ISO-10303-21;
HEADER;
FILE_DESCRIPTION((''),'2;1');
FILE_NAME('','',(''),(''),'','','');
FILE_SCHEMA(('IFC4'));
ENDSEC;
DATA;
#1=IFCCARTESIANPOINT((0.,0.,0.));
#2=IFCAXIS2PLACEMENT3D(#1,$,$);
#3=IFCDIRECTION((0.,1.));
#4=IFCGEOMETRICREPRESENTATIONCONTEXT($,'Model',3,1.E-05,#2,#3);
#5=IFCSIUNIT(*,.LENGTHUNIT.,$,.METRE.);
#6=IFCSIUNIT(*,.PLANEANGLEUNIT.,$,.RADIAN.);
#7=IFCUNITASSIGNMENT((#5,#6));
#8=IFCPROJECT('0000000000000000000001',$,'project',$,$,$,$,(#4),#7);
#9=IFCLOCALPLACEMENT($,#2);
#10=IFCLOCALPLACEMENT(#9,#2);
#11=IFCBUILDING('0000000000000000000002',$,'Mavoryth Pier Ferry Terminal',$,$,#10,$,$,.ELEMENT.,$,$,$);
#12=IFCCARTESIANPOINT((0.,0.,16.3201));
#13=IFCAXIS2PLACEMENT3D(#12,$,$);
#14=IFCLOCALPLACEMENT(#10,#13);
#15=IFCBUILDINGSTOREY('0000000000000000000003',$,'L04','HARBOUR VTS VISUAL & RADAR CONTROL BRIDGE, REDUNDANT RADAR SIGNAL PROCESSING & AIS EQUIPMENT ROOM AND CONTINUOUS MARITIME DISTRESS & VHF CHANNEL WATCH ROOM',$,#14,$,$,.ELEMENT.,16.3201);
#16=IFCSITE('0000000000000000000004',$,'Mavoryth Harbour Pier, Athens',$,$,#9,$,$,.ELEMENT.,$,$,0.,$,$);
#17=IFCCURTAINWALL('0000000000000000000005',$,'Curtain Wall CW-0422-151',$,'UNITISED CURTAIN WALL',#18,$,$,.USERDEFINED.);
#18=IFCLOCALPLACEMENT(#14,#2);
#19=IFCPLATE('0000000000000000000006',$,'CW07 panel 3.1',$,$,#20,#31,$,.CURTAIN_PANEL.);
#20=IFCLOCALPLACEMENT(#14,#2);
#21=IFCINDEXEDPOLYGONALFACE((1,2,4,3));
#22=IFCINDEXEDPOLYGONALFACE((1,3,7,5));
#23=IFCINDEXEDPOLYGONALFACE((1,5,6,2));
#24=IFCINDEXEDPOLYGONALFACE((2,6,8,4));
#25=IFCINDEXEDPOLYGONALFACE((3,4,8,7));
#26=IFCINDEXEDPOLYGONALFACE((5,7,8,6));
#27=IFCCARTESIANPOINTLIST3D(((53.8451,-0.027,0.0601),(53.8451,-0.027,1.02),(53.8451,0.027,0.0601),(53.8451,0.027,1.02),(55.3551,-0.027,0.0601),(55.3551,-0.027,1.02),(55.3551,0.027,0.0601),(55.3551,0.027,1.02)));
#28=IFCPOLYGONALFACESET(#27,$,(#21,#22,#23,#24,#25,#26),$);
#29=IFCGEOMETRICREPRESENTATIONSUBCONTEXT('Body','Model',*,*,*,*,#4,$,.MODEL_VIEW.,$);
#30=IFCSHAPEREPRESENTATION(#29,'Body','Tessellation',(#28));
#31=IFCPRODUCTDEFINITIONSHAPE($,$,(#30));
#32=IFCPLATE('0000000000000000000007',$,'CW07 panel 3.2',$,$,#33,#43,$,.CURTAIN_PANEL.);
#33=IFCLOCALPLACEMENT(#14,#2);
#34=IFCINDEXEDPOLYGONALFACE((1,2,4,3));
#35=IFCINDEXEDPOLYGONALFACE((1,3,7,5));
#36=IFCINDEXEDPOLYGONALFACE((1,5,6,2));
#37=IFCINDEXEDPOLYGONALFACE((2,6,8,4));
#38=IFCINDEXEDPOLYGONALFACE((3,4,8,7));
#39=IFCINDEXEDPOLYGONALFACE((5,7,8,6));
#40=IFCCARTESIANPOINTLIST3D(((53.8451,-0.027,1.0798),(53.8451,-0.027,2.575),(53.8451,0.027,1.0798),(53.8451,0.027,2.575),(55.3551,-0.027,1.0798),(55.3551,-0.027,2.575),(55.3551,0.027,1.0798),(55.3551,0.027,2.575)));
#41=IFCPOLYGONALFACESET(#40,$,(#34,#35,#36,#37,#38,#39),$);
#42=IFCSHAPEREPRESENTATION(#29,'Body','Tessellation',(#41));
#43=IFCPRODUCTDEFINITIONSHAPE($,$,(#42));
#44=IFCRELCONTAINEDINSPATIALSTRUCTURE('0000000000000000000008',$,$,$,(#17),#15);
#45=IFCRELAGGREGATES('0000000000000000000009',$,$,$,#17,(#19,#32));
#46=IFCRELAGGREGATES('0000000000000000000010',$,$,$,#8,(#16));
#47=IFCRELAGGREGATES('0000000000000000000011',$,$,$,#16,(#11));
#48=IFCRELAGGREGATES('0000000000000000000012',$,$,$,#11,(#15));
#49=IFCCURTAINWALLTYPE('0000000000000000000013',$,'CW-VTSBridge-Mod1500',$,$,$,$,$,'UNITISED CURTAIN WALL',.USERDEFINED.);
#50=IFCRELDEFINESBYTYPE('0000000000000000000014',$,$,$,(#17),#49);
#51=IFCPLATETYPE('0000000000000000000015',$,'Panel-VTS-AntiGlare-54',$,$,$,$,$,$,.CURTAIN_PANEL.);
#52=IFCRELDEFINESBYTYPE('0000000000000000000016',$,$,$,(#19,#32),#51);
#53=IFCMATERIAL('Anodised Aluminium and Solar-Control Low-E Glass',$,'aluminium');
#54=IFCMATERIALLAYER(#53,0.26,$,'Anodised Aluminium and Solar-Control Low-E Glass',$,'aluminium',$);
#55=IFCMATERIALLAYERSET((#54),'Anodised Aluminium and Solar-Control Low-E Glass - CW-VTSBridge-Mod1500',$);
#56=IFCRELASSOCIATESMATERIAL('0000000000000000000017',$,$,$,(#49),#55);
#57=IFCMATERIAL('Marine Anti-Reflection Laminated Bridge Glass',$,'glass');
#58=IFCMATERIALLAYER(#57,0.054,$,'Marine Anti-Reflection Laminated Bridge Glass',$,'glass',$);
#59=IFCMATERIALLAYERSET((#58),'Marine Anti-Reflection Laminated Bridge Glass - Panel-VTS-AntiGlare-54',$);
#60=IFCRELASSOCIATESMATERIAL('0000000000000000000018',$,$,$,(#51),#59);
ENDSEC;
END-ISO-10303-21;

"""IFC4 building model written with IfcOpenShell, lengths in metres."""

from ifc_helpers import new_model, si_unit, direction, frame, origin, origin_2d, place, context, subcontext, project, spatial, rectangle, extrude, material, layer, layer_set, type_object, element, aggregate, save


model = new_model("IFC4")

# Units and contexts
model_context = context("Model", 3, precision=1e-05, world=origin(), true_north=direction((0.0, 1.0)))
body_context = subcontext(model_context, "Body", "Model", "MODEL_VIEW")
ifc_project = project(units=[si_unit("LENGTHUNIT", "METRE"), si_unit("PLANEANGLEUNIT", "RADIAN")], contexts=[model_context])

# Site, building, storey
site_placement = place(None, origin())
site = spatial("IfcSite", under=ifc_project, at=site_placement, Name="Mavoryth Harbour Pier, Athens", CompositionType="ELEMENT", RefElevation=0.0)
building_placement = place(site_placement, origin())
building = spatial("IfcBuilding", under=site, at=building_placement, Name="Mavoryth Pier Ferry Terminal", CompositionType="ELEMENT")
storey_placement = place(building_placement, frame((0.0, 0.0, 16.3201)))
storey = spatial("IfcBuildingStorey", under=building, at=storey_placement, Name="L04", Description="HARBOUR VTS VISUAL & RADAR CONTROL BRIDGE, REDUNDANT RADAR SIGNAL PROCESSING & AIS EQUIPMENT ROOM AND CONTINUOUS MARITIME DISTRESS & VHF CHANNEL WATCH ROOM", CompositionType="ELEMENT", Elevation=16.3201)

# Curtain wall
ifc_material_1 = material(Name="Anodised Aluminium and Solar-Control Low-E Glass", Category="aluminium")
ifc_layer_1 = layer(ifc_material_1, 0.26, Name="Anodised Aluminium and Solar-Control Low-E Glass", Category="aluminium")
ifc_layer_set_1 = layer_set([ifc_layer_1], Name="Anodised Aluminium and Solar-Control Low-E Glass - CW-VTSBridge-Mod1500")
curtain_wall_type = type_object("IfcCurtainWallType", Name="CW-VTSBridge-Mod1500", ElementType="UNITISED CURTAIN WALL", PredefinedType="USERDEFINED", material=ifc_layer_set_1)
curtain_wall_placement = place(storey_placement, origin())
curtain_wall = element("IfcCurtainWall", 1, at=curtain_wall_placement, inside=storey, type_object=curtain_wall_type, Name="Curtain Wall CW-0422-151", ObjectType="UNITISED CURTAIN WALL", PredefinedType="USERDEFINED")

# Plates
ifc_material_2 = material(Name="Marine Anti-Reflection Laminated Bridge Glass", Category="glass")
ifc_layer_2 = layer(ifc_material_2, 0.054, Name="Marine Anti-Reflection Laminated Bridge Glass", Category="glass")
ifc_layer_set_2 = layer_set([ifc_layer_2], Name="Marine Anti-Reflection Laminated Bridge Glass - Panel-VTS-AntiGlare-54")
plate_type = type_object("IfcPlateType", Name="Panel-VTS-AntiGlare-54", PredefinedType="CURTAIN_PANEL", material=ifc_layer_set_2)
plate_1_placement = place(storey_placement, frame((54.6001, 0.0, 0.0601), z_axis=(0.0, 0.0, 1.0), x_axis=(1.0, 0.0, 0.0)))
plate_1 = element("IfcPlate", 2, at=plate_1_placement, type_object=plate_type, Name="CW07 panel 3.1", PredefinedType="CURTAIN_PANEL", context=body_context, shape_type="SweptSolid", body=[
    extrude(rectangle(XDim=1.51, YDim=0.054, at=origin_2d()), origin(), (0.0, 0.0, 1.0), 0.96),
])
plate_2_placement = place(storey_placement, frame((54.6001, 0.0, 1.0798), z_axis=(0.0, 0.0, 1.0), x_axis=(1.0, 0.0, 0.0)))
plate_2 = element("IfcPlate", 3, at=plate_2_placement, type_object=plate_type, Name="CW07 panel 3.2", PredefinedType="CURTAIN_PANEL", context=body_context, shape_type="SweptSolid", body=[
    extrude(rectangle(XDim=1.51, YDim=0.054, at=origin_2d()), origin(), (0.0, 0.0, 1.0), 1.4951),
])
aggregate(curtain_wall, [plate_1, plate_2])

save(model, "model.ifc")
